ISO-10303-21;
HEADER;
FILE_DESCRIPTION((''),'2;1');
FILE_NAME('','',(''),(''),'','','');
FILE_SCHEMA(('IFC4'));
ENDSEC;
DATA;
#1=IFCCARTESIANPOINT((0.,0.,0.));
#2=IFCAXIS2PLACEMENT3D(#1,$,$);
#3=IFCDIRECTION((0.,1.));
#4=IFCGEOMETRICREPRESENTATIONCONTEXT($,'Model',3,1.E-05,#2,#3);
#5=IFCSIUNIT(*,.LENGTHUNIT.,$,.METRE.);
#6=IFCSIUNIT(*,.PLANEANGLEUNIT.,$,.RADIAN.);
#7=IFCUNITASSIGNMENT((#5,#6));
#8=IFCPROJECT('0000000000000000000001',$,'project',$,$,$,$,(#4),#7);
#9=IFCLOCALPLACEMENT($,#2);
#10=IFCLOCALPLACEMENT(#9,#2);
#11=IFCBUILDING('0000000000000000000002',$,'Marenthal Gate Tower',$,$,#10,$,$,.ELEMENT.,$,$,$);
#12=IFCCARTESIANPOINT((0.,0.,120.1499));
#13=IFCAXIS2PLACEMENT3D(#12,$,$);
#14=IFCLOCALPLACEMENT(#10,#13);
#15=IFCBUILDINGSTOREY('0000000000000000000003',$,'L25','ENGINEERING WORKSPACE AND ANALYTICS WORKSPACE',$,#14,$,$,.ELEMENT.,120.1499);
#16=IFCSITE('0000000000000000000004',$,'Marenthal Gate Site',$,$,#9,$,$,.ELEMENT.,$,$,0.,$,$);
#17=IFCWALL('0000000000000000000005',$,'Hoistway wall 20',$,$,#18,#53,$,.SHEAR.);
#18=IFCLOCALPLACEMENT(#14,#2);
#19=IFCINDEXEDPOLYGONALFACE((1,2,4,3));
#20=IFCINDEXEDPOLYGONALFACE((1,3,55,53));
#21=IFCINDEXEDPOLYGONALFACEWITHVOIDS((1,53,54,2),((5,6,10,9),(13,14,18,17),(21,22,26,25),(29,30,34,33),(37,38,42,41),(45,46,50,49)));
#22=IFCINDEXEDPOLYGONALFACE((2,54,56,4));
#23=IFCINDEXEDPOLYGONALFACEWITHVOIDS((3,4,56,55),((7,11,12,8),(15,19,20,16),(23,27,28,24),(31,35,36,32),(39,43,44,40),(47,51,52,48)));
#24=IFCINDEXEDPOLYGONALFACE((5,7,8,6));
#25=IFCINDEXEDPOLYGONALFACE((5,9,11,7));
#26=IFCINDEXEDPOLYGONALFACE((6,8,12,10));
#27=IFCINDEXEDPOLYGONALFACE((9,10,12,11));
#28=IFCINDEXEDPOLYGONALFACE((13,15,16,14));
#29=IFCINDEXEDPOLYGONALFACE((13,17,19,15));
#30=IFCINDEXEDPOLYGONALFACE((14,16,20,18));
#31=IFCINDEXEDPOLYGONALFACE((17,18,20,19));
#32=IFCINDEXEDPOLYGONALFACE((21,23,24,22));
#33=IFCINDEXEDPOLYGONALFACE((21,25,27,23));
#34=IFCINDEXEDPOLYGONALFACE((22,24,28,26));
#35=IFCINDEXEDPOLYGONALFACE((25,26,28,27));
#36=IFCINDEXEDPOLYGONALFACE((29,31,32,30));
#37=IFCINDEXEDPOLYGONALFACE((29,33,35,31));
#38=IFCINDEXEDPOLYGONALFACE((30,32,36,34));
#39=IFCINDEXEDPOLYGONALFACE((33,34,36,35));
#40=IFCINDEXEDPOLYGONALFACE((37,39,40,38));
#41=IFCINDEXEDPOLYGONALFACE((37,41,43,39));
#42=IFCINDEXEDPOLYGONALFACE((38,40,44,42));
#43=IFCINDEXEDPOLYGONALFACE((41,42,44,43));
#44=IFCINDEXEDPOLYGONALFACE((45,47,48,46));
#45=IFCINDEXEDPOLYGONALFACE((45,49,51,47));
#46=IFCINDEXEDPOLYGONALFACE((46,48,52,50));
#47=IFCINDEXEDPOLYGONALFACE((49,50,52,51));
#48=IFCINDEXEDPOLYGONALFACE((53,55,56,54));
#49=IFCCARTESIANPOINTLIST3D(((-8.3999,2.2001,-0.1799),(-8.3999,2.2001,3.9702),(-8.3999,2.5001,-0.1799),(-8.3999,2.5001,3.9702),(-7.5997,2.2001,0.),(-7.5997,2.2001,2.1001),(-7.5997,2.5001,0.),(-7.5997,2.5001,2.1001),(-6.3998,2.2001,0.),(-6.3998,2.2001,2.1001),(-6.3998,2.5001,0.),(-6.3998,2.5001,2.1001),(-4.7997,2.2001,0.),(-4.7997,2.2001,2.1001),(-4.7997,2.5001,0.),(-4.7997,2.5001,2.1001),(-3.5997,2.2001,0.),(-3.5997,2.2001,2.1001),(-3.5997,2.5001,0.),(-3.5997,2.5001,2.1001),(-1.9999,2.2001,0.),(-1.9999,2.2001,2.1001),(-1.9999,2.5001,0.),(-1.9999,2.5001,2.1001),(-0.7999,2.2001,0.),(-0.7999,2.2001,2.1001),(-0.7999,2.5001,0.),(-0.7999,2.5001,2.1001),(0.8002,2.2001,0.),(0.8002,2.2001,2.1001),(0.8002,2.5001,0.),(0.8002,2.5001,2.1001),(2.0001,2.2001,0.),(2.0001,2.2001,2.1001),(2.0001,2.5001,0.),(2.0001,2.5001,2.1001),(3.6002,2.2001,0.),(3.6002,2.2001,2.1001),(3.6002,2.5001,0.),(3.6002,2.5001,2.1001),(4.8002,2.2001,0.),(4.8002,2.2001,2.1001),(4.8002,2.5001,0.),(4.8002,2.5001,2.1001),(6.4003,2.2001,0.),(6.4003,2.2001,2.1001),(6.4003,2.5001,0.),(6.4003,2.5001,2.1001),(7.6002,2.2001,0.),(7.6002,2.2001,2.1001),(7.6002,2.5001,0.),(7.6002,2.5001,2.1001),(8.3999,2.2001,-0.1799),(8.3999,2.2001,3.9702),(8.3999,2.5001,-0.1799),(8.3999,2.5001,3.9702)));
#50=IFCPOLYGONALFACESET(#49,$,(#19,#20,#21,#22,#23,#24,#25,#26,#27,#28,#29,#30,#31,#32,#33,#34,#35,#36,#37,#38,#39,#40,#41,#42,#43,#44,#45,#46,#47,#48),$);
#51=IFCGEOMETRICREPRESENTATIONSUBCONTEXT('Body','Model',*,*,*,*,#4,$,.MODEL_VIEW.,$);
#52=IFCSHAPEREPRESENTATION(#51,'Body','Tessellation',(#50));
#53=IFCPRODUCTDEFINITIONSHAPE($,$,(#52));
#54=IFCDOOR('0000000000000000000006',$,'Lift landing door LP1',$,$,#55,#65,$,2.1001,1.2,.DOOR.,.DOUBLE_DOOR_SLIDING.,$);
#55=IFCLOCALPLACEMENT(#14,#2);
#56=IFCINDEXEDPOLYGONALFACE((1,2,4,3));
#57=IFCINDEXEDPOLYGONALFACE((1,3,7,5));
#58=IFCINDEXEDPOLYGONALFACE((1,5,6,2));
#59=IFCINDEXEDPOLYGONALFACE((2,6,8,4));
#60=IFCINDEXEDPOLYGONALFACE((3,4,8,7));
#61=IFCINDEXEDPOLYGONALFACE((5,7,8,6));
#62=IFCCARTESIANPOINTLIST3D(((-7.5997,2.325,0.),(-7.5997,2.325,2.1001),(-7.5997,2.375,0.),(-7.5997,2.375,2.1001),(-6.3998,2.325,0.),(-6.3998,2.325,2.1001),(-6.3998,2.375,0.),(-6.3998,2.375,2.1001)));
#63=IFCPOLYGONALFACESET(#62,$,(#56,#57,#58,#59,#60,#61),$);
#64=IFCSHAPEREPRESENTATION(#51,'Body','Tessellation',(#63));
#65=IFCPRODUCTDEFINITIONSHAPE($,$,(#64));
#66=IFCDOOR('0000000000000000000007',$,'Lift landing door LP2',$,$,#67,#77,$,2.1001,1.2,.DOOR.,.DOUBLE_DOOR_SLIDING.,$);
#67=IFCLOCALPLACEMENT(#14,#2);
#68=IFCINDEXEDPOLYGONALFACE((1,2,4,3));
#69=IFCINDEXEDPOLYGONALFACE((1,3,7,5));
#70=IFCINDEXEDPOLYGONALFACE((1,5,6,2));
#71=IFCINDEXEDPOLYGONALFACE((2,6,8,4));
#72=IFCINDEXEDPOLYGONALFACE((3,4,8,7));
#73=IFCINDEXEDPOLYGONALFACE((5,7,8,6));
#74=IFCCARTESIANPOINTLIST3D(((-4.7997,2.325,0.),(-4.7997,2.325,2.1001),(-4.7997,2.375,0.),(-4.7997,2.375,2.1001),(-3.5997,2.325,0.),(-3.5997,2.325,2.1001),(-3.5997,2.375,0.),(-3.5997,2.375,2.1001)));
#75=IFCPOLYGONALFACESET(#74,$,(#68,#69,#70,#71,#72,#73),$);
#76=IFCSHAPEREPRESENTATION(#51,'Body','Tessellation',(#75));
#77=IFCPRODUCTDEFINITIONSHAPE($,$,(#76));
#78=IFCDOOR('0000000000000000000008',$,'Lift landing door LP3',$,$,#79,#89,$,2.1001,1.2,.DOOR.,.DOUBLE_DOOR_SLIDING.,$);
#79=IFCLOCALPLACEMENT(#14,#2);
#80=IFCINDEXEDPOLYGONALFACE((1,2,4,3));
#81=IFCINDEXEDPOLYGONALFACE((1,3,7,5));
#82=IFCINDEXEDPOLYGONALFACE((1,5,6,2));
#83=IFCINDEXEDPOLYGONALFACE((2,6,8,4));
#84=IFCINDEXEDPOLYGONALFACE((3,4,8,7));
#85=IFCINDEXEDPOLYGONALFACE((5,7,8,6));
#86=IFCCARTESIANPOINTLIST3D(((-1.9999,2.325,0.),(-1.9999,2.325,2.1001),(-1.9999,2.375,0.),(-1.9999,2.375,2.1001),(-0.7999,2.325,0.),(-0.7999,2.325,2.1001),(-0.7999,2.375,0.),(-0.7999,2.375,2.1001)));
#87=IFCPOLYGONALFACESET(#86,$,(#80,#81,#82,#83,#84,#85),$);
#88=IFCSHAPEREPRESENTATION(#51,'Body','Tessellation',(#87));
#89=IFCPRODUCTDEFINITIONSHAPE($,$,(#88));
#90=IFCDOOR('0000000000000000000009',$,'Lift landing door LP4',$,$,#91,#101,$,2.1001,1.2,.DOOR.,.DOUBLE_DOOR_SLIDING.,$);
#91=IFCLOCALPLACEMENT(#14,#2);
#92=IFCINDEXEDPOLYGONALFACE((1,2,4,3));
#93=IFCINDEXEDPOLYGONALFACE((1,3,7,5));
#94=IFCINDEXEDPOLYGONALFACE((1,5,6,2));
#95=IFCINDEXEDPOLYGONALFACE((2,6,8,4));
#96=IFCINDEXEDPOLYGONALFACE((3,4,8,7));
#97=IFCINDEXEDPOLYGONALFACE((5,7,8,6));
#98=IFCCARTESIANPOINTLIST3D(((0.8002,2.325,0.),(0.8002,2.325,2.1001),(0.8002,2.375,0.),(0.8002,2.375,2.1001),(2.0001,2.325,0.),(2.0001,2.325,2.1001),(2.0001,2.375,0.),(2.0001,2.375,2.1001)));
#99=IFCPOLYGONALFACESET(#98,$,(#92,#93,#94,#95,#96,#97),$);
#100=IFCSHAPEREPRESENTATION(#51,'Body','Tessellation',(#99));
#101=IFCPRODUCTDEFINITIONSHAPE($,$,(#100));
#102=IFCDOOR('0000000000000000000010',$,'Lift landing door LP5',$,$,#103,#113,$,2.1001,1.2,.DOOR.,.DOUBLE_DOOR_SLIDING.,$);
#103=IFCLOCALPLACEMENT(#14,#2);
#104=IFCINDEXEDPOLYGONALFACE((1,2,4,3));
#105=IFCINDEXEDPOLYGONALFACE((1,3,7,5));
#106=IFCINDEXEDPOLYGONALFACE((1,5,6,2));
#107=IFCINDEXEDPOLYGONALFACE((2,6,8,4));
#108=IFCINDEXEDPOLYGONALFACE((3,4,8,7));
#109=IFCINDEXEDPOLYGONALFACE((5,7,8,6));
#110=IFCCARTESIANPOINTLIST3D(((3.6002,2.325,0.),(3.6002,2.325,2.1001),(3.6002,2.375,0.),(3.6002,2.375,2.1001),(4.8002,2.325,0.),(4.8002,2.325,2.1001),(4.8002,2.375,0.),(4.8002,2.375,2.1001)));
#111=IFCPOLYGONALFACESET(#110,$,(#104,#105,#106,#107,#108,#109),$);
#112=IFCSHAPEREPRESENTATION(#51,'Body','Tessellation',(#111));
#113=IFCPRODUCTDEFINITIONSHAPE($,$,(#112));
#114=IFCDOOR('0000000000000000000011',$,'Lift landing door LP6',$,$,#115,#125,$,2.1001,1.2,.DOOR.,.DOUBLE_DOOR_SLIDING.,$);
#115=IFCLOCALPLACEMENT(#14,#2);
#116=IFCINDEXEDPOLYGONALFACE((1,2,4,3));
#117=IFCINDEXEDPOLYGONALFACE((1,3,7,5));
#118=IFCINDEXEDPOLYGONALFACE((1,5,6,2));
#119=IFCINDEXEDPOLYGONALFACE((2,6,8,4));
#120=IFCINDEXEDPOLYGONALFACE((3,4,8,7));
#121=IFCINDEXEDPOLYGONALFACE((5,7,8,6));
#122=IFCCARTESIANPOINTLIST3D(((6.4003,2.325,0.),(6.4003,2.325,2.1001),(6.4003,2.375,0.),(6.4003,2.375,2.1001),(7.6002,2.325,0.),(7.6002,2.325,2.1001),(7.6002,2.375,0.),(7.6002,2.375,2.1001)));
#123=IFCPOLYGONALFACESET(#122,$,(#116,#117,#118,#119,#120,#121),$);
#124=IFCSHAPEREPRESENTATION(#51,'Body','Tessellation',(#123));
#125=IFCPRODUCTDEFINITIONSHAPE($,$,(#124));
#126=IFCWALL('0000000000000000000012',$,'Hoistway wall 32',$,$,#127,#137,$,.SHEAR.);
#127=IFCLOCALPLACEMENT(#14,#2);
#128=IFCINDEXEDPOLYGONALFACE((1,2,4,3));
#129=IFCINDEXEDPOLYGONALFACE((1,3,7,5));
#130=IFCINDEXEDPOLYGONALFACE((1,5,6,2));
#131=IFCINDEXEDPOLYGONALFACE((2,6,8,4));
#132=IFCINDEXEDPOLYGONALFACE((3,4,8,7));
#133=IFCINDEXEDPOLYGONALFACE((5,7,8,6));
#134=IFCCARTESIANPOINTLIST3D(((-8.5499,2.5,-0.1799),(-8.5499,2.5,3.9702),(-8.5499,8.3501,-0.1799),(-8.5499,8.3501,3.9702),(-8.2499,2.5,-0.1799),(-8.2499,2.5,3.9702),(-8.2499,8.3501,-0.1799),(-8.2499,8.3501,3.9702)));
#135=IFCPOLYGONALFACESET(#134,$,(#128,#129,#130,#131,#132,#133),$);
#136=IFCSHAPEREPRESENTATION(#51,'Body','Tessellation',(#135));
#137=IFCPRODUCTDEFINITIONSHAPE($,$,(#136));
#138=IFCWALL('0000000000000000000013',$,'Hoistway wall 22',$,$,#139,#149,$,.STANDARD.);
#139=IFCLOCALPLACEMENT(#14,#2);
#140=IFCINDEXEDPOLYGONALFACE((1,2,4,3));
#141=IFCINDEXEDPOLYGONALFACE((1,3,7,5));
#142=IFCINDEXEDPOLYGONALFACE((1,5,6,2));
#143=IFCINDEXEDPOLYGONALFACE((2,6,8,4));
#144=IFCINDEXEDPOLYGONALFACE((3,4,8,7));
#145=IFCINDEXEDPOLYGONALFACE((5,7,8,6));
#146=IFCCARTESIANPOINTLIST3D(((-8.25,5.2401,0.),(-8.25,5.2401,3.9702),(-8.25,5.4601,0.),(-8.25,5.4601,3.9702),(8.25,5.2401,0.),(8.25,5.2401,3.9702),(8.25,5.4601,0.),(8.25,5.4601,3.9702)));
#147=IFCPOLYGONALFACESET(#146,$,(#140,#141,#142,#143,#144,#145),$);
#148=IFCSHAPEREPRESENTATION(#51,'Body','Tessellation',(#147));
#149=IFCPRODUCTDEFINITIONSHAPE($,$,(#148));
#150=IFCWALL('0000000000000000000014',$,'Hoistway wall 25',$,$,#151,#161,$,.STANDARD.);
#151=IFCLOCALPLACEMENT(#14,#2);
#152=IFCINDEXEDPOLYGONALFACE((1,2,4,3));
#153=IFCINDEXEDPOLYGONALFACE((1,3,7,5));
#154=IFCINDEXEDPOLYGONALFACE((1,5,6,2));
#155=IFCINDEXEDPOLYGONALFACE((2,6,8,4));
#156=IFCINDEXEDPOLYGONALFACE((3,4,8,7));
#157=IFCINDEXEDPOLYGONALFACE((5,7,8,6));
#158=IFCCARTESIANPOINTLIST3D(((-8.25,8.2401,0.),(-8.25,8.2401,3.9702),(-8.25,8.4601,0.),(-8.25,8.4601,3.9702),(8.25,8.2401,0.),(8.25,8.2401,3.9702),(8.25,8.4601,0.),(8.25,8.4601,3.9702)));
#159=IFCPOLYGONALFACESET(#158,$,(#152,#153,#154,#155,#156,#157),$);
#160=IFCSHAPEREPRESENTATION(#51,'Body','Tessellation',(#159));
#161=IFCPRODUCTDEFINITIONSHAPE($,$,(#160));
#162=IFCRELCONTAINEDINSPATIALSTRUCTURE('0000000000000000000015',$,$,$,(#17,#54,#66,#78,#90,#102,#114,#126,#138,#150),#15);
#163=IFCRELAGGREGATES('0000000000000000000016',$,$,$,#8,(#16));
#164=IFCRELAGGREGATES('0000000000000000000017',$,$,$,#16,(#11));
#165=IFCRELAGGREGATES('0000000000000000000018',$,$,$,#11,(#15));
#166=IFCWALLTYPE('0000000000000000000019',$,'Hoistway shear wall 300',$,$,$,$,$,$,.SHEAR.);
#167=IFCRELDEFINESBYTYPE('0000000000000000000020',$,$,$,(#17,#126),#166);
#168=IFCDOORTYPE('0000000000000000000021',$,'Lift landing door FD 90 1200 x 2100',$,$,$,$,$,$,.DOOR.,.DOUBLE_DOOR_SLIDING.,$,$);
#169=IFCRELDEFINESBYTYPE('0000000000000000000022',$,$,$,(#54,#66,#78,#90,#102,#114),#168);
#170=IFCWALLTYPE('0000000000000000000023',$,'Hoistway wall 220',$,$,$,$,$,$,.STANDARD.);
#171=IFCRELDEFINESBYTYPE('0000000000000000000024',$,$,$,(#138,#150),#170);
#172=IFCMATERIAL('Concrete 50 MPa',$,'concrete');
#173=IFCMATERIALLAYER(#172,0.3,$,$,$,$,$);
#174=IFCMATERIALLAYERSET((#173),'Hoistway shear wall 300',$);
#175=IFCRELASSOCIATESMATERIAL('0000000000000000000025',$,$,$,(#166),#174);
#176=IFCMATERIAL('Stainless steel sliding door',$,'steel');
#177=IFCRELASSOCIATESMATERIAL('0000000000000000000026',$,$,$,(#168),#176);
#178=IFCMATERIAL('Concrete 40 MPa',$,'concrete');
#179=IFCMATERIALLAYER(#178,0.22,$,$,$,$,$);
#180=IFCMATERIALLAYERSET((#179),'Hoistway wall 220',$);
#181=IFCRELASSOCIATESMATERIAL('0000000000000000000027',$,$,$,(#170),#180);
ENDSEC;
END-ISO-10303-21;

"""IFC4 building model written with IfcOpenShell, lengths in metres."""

from ifc_helpers import new_model, si_unit, direction, frame, frame_2d, origin, place, context, subcontext, project, spatial, rectangle, extrude, material, layer, layer_set, type_object, element, fill, save


model = new_model("IFC4")

# Units and contexts
model_context = context("Model", 3, precision=1e-05, world=origin(), true_north=direction((0.0, 1.0)))
body_context = subcontext(model_context, "Body", "Model", "MODEL_VIEW")
ifc_project = project(units=[si_unit("LENGTHUNIT", "METRE"), si_unit("PLANEANGLEUNIT", "RADIAN")], contexts=[model_context])

# Site, building, storey
site_placement = place(None, origin())
site = spatial("IfcSite", under=ifc_project, at=site_placement, Name="Marenthal Gate Site", CompositionType="ELEMENT", RefElevation=0.0)
building_placement = place(site_placement, origin())
building = spatial("IfcBuilding", under=site, at=building_placement, Name="Marenthal Gate Tower", CompositionType="ELEMENT")
storey_placement = place(building_placement, frame((0.0, 0.0, 120.1499)))
storey = spatial("IfcBuildingStorey", under=building, at=storey_placement, Name="L25", Description="ENGINEERING WORKSPACE AND ANALYTICS WORKSPACE", CompositionType="ELEMENT", Elevation=120.1499)

# Wall, openings, doors
ifc_material_1 = material(Name="Concrete 50 MPa", Category="concrete")
ifc_layer_1 = layer(ifc_material_1, 0.3)
ifc_layer_set_1 = layer_set([ifc_layer_1], Name="Hoistway shear wall 300")
wall_type_1 = type_object("IfcWallType", Name="Hoistway shear wall 300", PredefinedType="SHEAR", material=ifc_layer_set_1)
wall_1_placement = place(storey_placement, frame((-8.3999, 2.3501, -0.1799), z_axis=(0.0, 0.0, 1.0), x_axis=(1.0, 0.0, 0.0)))
wall_1 = element("IfcWall", 1, at=wall_1_placement, inside=storey, type_object=wall_type_1, Name="Hoistway wall 20", PredefinedType="SHEAR", context=body_context, shape_type="SweptSolid", body=[
    extrude(rectangle(XDim=16.7998, YDim=0.3, at=frame_2d((8.3999, 0.0))), origin(), (0.0, 0.0, 1.0), 4.1501),
])
opening_1_placement = place(wall_1_placement, frame((0.8, 0.0, 0.1799)))
opening_1 = element("IfcOpeningElement", 2, at=opening_1_placement, cuts=wall_1, PredefinedType="OPENING", context=body_context, shape_type="SweptSolid", body=[
    extrude(rectangle(XDim=1.2, YDim=2.1001, at=frame_2d((0.6001, 1.05))), frame((0.0, 0.1602, 0.0), z_axis=(0.0, -1.0, 0.0), x_axis=(1.0, 0.0, 0.0)), (0.0, 0.0, 1.0), 0.3201),
])
opening_2_placement = place(wall_1_placement, frame((3.6001, 0.0, 0.1799)))
opening_2 = element("IfcOpeningElement", 3, at=opening_2_placement, cuts=wall_1, PredefinedType="OPENING", context=body_context, shape_type="SweptSolid", body=[
    extrude(rectangle(XDim=1.2, YDim=2.1001, at=frame_2d((0.6001, 1.05))), frame((0.0, 0.1602, 0.0), z_axis=(0.0, -1.0, 0.0), x_axis=(1.0, 0.0, 0.0)), (0.0, 0.0, 1.0), 0.3201),
])
opening_3_placement = place(wall_1_placement, frame((6.3999, 0.0, 0.1799)))
opening_3 = element("IfcOpeningElement", 4, at=opening_3_placement, cuts=wall_1, PredefinedType="OPENING", context=body_context, shape_type="SweptSolid", body=[
    extrude(rectangle(XDim=1.2, YDim=2.1001, at=frame_2d((0.6001, 1.05))), frame((0.0, 0.1602, 0.0), z_axis=(0.0, -1.0, 0.0), x_axis=(1.0, 0.0, 0.0)), (0.0, 0.0, 1.0), 0.3201),
])
opening_4_placement = place(wall_1_placement, frame((9.2, 0.0, 0.1799)))
opening_4 = element("IfcOpeningElement", 5, at=opening_4_placement, cuts=wall_1, PredefinedType="OPENING", context=body_context, shape_type="SweptSolid", body=[
    extrude(rectangle(XDim=1.2, YDim=2.1001, at=frame_2d((0.6001, 1.05))), frame((0.0, 0.1602, 0.0), z_axis=(0.0, -1.0, 0.0), x_axis=(1.0, 0.0, 0.0)), (0.0, 0.0, 1.0), 0.3201),
])
opening_5_placement = place(wall_1_placement, frame((12.0, 0.0, 0.1799)))
opening_5 = element("IfcOpeningElement", 6, at=opening_5_placement, cuts=wall_1, PredefinedType="OPENING", context=body_context, shape_type="SweptSolid", body=[
    extrude(rectangle(XDim=1.2, YDim=2.1001, at=frame_2d((0.6001, 1.05))), frame((0.0, 0.1602, 0.0), z_axis=(0.0, -1.0, 0.0), x_axis=(1.0, 0.0, 0.0)), (0.0, 0.0, 1.0), 0.3201),
])
opening_6_placement = place(wall_1_placement, frame((14.8, 0.0, 0.1799)))
opening_6 = element("IfcOpeningElement", 7, at=opening_6_placement, cuts=wall_1, PredefinedType="OPENING", context=body_context, shape_type="SweptSolid", body=[
    extrude(rectangle(XDim=1.2, YDim=2.1001, at=frame_2d((0.6001, 1.05))), frame((0.0, 0.1602, 0.0), z_axis=(0.0, -1.0, 0.0), x_axis=(1.0, 0.0, 0.0)), (0.0, 0.0, 1.0), 0.3201),
])
ifc_material_2 = material(Name="Stainless steel sliding door", Category="steel")
door_type_1 = type_object("IfcDoorType", Name="Lift landing door FD 90 1200 x 2100", OperationType="DOUBLE_DOOR_SLIDING", PredefinedType="DOOR", material=ifc_material_2)
door_1_placement = place(opening_1_placement, origin())
door_1 = element("IfcDoor", 8, at=door_1_placement, inside=storey, type_object=door_type_1, Name="Lift landing door LP1", OperationType="DOUBLE_DOOR_SLIDING", OverallHeight=2.1001, OverallWidth=1.2, PredefinedType="DOOR", context=body_context, shape_type="SweptSolid", body=[
    extrude(rectangle(XDim=1.2, YDim=2.1001, at=frame_2d((0.6001, 1.05))), frame((0.0, 0.0249, 0.0), z_axis=(0.0, -1.0, 0.0), x_axis=(1.0, 0.0, 0.0)), (0.0, 0.0, 1.0), 0.05),
])
fill(opening_1, door_1)
door_2_placement = place(opening_2_placement, origin())
door_2 = element("IfcDoor", 9, at=door_2_placement, inside=storey, type_object=door_type_1, Name="Lift landing door LP2", OperationType="DOUBLE_DOOR_SLIDING", OverallHeight=2.1001, OverallWidth=1.2, PredefinedType="DOOR", context=body_context, shape_type="SweptSolid", body=[
    extrude(rectangle(XDim=1.2, YDim=2.1001, at=frame_2d((0.6001, 1.05))), frame((0.0, 0.0249, 0.0), z_axis=(0.0, -1.0, 0.0), x_axis=(1.0, 0.0, 0.0)), (0.0, 0.0, 1.0), 0.05),
])
fill(opening_2, door_2)
door_3_placement = place(opening_3_placement, origin())
door_3 = element("IfcDoor", 10, at=door_3_placement, inside=storey, type_object=door_type_1, Name="Lift landing door LP3", OperationType="DOUBLE_DOOR_SLIDING", OverallHeight=2.1001, OverallWidth=1.2, PredefinedType="DOOR", context=body_context, shape_type="SweptSolid", body=[
    extrude(rectangle(XDim=1.2, YDim=2.1001, at=frame_2d((0.6001, 1.05))), frame((0.0, 0.0249, 0.0), z_axis=(0.0, -1.0, 0.0), x_axis=(1.0, 0.0, 0.0)), (0.0, 0.0, 1.0), 0.05),
])
fill(opening_3, door_3)
door_4_placement = place(opening_4_placement, origin())
door_4 = element("IfcDoor", 11, at=door_4_placement, inside=storey, type_object=door_type_1, Name="Lift landing door LP4", OperationType="DOUBLE_DOOR_SLIDING", OverallHeight=2.1001, OverallWidth=1.2, PredefinedType="DOOR", context=body_context, shape_type="SweptSolid", body=[
    extrude(rectangle(XDim=1.2, YDim=2.1001, at=frame_2d((0.6001, 1.05))), frame((0.0, 0.0249, 0.0), z_axis=(0.0, -1.0, 0.0), x_axis=(1.0, 0.0, 0.0)), (0.0, 0.0, 1.0), 0.05),
])
fill(opening_4, door_4)
door_5_placement = place(opening_5_placement, origin())
door_5 = element("IfcDoor", 12, at=door_5_placement, inside=storey, type_object=door_type_1, Name="Lift landing door LP5", OperationType="DOUBLE_DOOR_SLIDING", OverallHeight=2.1001, OverallWidth=1.2, PredefinedType="DOOR", context=body_context, shape_type="SweptSolid", body=[
    extrude(rectangle(XDim=1.2, YDim=2.1001, at=frame_2d((0.6001, 1.05))), frame((0.0, 0.0249, 0.0), z_axis=(0.0, -1.0, 0.0), x_axis=(1.0, 0.0, 0.0)), (0.0, 0.0, 1.0), 0.05),
])
fill(opening_5, door_5)
door_6_placement = place(opening_6_placement, origin())
door_6 = element("IfcDoor", 13, at=door_6_placement, inside=storey, type_object=door_type_1, Name="Lift landing door LP6", OperationType="DOUBLE_DOOR_SLIDING", OverallHeight=2.1001, OverallWidth=1.2, PredefinedType="DOOR", context=body_context, shape_type="SweptSolid", body=[
    extrude(rectangle(XDim=1.2, YDim=2.1001, at=frame_2d((0.6001, 1.05))), frame((0.0, 0.0249, 0.0), z_axis=(0.0, -1.0, 0.0), x_axis=(1.0, 0.0, 0.0)), (0.0, 0.0, 1.0), 0.05),
])
fill(opening_6, door_6)

# Walls
wall_2_placement = place(storey_placement, frame((-8.3999, 2.5, -0.1799), z_axis=(0.0, 0.0, 1.0), x_axis=(0.0, 1.0, 0.0)))
element("IfcWall", 14, at=wall_2_placement, inside=storey, type_object=wall_type_1, Name="Hoistway wall 32", PredefinedType="SHEAR", context=body_context, shape_type="SweptSolid", body=[
    extrude(rectangle(XDim=5.8501, YDim=0.3, at=frame_2d((2.925, 0.0))), origin(), (0.0, 0.0, 1.0), 4.1501),
])
ifc_material_3 = material(Name="Concrete 40 MPa", Category="concrete")
ifc_layer_2 = layer(ifc_material_3, 0.22)
ifc_layer_set_2 = layer_set([ifc_layer_2], Name="Hoistway wall 220")
wall_type_2 = type_object("IfcWallType", Name="Hoistway wall 220", PredefinedType="STANDARD", material=ifc_layer_set_2)
for number, where, z_axis, x_axis, name in (
    (15, (-8.25, 5.3501, 0.0), (0.0, 0.0, 1.0), (1.0, 0.0, 0.0), "Hoistway wall 22"),
    (16, (-8.25, 8.3501, 0.0), (0.0, 0.0, 1.0), (1.0, 0.0, 0.0), "Hoistway wall 25"),
):
    element("IfcWall", number, at=place(storey_placement, frame(where, z_axis=z_axis, x_axis=x_axis)), inside=storey, type_object=wall_type_2, Name=name, PredefinedType="STANDARD", context=body_context, shape_type="SweptSolid", body=[
        extrude(rectangle(XDim=16.5, YDim=0.22, at=frame_2d((8.25, 0.0))), origin(), (0.0, 0.0, 1.0), 3.9702),
    ])

save(model, "model.ifc")
